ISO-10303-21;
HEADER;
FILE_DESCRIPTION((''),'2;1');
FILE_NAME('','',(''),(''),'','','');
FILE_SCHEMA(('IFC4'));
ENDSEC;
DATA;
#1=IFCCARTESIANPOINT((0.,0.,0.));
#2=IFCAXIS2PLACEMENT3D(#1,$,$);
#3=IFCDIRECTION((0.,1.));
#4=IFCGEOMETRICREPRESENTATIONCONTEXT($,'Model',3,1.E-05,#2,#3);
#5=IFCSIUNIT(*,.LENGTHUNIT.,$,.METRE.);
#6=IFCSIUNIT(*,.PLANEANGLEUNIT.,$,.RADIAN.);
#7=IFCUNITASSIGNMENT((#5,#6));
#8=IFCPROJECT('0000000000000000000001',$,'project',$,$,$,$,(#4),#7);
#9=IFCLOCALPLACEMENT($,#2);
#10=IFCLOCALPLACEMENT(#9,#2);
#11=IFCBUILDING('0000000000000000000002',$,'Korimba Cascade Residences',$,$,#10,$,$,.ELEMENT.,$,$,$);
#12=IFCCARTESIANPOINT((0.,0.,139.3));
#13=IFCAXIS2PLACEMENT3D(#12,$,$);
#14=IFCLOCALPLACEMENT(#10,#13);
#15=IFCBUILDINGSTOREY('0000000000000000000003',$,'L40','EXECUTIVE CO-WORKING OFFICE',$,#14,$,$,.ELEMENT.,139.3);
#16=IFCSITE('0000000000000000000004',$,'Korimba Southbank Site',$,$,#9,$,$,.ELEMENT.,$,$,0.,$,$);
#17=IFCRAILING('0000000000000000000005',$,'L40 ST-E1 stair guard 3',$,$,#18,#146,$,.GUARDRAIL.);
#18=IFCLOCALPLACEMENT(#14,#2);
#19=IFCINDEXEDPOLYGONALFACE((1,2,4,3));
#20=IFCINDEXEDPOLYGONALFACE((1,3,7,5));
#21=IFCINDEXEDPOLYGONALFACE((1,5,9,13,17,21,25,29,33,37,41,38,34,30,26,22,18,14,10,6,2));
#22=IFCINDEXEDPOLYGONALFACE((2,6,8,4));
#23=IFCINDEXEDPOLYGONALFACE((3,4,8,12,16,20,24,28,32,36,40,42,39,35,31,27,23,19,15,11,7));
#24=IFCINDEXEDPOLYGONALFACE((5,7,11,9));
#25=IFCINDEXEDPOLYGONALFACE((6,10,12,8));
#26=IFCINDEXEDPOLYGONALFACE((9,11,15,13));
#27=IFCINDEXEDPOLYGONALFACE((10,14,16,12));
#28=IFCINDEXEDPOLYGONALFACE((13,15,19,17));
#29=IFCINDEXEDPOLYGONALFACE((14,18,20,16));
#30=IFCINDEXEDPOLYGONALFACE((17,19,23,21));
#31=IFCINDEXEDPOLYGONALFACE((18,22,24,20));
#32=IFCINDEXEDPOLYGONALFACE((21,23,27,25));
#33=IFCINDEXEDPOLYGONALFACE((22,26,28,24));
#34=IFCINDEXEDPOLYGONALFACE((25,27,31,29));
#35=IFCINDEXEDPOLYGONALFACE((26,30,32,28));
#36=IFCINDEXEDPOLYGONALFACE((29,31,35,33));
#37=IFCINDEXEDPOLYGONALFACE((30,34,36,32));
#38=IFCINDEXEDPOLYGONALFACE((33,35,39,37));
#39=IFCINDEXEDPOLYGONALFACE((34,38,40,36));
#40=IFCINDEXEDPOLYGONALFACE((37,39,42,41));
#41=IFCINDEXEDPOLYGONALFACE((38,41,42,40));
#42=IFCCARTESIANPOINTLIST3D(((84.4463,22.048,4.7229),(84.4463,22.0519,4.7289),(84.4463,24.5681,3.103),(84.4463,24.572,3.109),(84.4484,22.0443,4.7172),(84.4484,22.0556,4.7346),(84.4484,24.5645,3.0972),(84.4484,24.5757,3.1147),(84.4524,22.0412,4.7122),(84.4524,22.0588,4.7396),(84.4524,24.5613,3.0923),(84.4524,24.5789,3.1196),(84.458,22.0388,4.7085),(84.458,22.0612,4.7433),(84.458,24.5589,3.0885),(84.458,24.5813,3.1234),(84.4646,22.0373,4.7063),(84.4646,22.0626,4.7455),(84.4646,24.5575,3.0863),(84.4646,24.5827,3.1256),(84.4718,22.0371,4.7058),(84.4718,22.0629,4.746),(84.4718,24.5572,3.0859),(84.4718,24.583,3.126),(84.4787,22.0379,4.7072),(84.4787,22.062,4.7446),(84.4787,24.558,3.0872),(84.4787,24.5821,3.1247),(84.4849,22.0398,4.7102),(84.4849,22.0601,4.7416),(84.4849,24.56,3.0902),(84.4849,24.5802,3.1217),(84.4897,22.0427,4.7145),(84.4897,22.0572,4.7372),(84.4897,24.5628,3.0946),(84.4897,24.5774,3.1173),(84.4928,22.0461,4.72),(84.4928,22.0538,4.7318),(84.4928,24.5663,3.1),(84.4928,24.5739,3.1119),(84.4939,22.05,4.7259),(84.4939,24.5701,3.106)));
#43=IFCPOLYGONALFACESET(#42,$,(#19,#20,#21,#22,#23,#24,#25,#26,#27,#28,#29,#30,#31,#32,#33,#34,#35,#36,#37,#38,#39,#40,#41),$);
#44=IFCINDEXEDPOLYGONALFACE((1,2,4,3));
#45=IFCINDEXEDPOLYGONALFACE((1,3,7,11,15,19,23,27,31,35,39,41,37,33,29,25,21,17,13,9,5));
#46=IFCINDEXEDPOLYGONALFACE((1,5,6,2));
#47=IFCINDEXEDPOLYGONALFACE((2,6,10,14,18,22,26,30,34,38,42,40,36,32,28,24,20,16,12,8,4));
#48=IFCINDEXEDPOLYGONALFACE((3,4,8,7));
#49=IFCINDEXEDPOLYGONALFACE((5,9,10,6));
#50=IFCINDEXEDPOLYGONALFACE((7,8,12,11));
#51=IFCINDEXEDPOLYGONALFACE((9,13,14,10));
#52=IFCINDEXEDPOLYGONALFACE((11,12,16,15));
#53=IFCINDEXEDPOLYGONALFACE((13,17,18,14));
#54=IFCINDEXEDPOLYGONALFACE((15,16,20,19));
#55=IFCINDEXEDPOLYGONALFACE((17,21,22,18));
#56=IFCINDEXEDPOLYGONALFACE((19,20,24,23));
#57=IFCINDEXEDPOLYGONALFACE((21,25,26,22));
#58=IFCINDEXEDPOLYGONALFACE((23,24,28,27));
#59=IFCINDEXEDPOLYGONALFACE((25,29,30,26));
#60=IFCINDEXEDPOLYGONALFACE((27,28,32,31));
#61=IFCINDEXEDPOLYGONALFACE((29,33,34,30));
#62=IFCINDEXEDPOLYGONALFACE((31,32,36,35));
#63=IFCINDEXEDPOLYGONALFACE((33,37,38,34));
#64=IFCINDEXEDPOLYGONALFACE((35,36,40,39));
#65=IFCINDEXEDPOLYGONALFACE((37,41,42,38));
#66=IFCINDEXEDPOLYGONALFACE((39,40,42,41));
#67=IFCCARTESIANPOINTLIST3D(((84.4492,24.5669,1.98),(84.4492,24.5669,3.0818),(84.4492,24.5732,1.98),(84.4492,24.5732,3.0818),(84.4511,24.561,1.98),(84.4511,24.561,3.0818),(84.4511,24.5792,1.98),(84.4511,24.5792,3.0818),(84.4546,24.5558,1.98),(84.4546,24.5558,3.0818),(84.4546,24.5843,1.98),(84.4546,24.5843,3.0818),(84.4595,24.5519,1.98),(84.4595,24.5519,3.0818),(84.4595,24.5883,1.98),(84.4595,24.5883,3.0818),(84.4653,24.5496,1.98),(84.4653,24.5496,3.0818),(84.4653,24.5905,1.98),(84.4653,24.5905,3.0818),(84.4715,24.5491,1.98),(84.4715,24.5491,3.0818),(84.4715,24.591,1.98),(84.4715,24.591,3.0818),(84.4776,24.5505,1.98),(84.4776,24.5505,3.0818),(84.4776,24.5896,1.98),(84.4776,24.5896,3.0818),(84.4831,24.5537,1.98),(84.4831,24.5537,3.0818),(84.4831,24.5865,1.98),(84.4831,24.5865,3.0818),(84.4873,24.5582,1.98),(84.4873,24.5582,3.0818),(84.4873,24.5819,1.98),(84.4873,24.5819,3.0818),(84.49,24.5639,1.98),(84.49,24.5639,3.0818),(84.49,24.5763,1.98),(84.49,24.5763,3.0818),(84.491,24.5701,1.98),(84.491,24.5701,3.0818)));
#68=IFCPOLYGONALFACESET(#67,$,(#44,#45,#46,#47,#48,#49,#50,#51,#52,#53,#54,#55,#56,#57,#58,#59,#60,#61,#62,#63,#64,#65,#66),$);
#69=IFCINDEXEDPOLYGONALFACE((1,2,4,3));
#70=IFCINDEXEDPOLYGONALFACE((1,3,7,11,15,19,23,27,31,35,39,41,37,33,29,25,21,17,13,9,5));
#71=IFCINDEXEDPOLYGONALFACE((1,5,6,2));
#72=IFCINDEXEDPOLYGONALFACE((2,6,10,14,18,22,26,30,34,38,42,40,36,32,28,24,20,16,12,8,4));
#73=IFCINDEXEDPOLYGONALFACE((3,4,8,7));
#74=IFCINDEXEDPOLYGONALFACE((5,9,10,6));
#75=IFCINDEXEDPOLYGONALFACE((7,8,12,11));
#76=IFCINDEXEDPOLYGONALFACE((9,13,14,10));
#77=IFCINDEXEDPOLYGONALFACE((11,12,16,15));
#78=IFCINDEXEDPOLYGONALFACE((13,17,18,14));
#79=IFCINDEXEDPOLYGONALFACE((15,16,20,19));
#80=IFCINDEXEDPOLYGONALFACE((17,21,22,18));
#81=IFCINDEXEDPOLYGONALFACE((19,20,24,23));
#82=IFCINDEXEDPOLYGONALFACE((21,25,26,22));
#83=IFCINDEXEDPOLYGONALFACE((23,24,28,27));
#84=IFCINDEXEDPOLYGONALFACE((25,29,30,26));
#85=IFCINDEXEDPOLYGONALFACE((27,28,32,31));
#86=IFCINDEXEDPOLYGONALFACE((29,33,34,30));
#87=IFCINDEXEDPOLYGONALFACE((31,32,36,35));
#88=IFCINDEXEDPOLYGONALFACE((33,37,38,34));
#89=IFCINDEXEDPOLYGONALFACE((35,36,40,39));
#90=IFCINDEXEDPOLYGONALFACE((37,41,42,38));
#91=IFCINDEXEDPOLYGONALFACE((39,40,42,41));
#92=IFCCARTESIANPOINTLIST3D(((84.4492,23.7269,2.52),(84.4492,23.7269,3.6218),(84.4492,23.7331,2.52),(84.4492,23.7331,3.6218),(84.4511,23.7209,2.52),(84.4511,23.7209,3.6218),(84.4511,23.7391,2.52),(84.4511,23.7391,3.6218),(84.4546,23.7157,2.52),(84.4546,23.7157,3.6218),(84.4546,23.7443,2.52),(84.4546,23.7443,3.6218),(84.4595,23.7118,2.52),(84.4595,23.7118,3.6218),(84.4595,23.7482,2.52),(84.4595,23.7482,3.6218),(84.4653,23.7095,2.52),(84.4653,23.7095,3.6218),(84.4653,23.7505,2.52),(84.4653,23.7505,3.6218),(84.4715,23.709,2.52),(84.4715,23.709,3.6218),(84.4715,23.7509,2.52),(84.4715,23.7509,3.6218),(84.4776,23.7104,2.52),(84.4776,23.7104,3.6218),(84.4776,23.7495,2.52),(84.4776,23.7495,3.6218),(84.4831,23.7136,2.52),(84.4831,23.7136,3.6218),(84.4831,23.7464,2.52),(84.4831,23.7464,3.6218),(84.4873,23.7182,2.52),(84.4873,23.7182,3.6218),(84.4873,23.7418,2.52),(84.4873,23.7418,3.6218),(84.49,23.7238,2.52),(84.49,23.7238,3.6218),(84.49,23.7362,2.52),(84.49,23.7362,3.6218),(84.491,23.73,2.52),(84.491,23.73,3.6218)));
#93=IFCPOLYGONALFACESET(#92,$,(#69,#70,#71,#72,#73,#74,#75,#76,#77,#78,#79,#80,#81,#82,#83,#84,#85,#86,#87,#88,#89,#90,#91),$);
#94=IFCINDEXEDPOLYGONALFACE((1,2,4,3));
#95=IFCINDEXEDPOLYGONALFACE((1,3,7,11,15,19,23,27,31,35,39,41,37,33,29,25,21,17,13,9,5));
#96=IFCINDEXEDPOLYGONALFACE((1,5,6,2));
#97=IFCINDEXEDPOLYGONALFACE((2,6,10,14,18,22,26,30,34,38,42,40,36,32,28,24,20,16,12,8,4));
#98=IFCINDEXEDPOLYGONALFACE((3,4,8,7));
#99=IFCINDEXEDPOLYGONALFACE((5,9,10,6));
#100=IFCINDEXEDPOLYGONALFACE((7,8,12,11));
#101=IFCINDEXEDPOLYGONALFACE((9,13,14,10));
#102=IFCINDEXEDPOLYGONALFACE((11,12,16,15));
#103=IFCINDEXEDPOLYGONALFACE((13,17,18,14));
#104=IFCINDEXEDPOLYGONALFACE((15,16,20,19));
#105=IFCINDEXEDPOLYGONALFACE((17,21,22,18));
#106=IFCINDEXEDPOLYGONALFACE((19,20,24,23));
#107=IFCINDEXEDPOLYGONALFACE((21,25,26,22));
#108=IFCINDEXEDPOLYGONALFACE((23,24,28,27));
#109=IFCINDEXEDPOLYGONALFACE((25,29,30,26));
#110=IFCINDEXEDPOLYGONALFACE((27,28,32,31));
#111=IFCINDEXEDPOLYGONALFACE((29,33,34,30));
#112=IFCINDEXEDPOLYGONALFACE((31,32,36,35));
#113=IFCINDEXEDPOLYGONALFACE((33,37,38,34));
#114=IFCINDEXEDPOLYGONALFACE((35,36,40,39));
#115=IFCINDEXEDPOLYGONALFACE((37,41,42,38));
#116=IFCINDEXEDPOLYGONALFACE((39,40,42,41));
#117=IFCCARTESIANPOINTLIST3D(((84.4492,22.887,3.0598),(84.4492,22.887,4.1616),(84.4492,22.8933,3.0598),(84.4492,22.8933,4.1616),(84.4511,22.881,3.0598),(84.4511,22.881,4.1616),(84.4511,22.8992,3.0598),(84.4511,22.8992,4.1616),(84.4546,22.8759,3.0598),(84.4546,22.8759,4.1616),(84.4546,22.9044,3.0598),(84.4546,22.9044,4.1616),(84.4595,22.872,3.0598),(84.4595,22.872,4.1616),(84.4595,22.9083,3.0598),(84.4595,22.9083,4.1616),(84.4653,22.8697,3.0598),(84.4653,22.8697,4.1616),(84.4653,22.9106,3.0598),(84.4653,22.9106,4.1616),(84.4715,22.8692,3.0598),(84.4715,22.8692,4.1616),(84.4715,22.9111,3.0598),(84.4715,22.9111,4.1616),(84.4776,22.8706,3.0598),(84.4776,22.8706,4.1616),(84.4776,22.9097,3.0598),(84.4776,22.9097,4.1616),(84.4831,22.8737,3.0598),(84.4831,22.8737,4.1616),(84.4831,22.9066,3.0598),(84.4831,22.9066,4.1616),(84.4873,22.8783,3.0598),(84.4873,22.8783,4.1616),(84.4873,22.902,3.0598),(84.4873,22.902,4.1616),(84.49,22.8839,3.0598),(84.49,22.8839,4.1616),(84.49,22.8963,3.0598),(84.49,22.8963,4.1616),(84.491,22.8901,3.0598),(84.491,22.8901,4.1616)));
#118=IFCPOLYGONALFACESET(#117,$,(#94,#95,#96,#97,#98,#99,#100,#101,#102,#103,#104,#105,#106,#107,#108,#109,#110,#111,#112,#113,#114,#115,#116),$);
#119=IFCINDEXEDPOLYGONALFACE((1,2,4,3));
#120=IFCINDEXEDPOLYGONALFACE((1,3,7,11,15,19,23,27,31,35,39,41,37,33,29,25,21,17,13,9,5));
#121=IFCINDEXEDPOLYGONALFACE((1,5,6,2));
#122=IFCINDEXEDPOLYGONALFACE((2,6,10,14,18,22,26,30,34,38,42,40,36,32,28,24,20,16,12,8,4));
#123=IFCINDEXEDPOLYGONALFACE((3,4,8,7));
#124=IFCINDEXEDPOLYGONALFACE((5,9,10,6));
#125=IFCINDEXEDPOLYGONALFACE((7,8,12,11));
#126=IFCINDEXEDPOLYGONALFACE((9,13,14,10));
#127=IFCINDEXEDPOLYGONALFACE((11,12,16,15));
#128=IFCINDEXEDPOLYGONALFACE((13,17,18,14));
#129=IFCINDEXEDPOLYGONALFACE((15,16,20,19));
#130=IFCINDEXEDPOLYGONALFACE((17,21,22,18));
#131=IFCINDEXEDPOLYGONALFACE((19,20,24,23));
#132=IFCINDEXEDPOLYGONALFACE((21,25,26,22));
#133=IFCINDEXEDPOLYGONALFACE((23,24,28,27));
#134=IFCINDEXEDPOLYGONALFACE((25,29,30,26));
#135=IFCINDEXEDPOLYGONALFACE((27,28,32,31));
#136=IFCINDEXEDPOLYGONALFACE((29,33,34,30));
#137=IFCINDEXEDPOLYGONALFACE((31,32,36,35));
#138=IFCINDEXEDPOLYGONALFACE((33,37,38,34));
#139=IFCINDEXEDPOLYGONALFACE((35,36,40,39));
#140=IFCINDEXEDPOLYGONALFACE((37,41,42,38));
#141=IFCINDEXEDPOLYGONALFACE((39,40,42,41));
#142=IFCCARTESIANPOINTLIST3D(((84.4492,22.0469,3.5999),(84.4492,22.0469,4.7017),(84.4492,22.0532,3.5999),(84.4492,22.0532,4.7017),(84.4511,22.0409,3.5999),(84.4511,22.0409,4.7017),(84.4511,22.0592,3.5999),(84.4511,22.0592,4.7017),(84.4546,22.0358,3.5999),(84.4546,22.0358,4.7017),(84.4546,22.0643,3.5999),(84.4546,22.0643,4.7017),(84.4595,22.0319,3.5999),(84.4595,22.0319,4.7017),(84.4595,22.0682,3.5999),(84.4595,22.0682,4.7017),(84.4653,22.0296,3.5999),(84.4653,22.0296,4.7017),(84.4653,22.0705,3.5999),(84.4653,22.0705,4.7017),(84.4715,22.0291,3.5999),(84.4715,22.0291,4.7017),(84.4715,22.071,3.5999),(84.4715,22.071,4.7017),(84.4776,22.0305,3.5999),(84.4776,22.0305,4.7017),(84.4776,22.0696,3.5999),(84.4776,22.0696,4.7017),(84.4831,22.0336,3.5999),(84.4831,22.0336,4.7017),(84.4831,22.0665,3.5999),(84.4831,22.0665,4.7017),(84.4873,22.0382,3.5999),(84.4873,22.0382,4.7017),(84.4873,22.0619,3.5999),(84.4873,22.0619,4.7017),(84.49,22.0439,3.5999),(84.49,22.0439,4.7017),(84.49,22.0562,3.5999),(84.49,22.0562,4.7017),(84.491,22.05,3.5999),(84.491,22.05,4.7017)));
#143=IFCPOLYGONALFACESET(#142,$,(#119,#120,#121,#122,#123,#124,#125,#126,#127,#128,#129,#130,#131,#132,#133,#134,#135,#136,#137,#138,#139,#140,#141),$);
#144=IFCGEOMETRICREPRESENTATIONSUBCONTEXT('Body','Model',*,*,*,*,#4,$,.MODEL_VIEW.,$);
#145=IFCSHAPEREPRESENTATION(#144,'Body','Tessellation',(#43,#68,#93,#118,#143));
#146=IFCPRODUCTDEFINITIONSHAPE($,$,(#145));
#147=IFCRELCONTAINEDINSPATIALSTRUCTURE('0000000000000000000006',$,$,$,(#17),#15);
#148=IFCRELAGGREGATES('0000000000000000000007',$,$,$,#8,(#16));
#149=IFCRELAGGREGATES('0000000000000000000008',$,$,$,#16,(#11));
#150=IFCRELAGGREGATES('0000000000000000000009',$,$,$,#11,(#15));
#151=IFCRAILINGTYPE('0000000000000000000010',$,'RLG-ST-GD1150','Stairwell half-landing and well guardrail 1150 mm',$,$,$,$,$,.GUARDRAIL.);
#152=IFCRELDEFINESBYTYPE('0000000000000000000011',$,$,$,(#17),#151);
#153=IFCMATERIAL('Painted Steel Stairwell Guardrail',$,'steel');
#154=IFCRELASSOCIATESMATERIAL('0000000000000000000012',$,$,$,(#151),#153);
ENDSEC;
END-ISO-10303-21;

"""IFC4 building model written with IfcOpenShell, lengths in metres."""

from ifc_helpers import new_model, si_unit, direction, frame, origin, origin_2d, place, context, subcontext, project, spatial, circle, extrude, material, type_object, element, save


model = new_model("IFC4")

# Units and contexts
model_context = context("Model", 3, precision=1e-05, world=origin(), true_north=direction((0.0, 1.0)))
body_context = subcontext(model_context, "Body", "Model", "MODEL_VIEW")
ifc_project = project(units=[si_unit("LENGTHUNIT", "METRE"), si_unit("PLANEANGLEUNIT", "RADIAN")], contexts=[model_context])

# Site, building, storey
site_placement = place(None, origin())
site = spatial("IfcSite", under=ifc_project, at=site_placement, Name="Korimba Southbank Site", CompositionType="ELEMENT", RefElevation=0.0)
building_placement = place(site_placement, origin())
building = spatial("IfcBuilding", under=site, at=building_placement, Name="Korimba Cascade Residences", CompositionType="ELEMENT")
storey_placement = place(building_placement, frame((0.0, 0.0, 139.3)))
storey = spatial("IfcBuildingStorey", under=building, at=storey_placement, Name="L40", Description="EXECUTIVE CO-WORKING OFFICE", CompositionType="ELEMENT", Elevation=139.3)

# Railing
ifc_material_1 = material(Name="Painted Steel Stairwell Guardrail", Category="steel")
railing_type = type_object("IfcRailingType", Name="RLG-ST-GD1150", Description="Stairwell half-landing and well guardrail 1150 mm", PredefinedType="GUARDRAIL", material=ifc_material_1)
railing_1_placement = place(storey_placement, frame((84.47, 24.5701, 1.98)))
element("IfcRailing", 1, at=railing_1_placement, inside=storey, type_object=railing_type, Name="L40 ST-E1 stair guard 3", PredefinedType="GUARDRAIL", context=body_context, shape_type="SweptSolid", body=[
    extrude(circle(Radius=0.0239, at=origin_2d()), frame((0.0, 0.0, 1.126), z_axis=(0.0, -0.8412, 0.540725), x_axis=(1.0, 0.0, 0.0)), (0.0, 0.0, 1.0), 2.9958),
    extrude(circle(Radius=0.021, at=origin_2d()), origin(), (0.0, 0.0, 1.0), 1.1018),
    extrude(circle(Radius=0.021, at=origin_2d()), frame((0.0, -0.8401, 0.54)), (0.0, 0.0, 1.0), 1.1018),
    extrude(circle(Radius=0.021, at=origin_2d()), frame((0.0, -1.6799, 1.0798)), (0.0, 0.0, 1.0), 1.1018),
    extrude(circle(Radius=0.021, at=origin_2d()), frame((0.0, -2.52, 1.6199)), (0.0, 0.0, 1.0), 1.1018),
])

save(model, "model.ifc")
